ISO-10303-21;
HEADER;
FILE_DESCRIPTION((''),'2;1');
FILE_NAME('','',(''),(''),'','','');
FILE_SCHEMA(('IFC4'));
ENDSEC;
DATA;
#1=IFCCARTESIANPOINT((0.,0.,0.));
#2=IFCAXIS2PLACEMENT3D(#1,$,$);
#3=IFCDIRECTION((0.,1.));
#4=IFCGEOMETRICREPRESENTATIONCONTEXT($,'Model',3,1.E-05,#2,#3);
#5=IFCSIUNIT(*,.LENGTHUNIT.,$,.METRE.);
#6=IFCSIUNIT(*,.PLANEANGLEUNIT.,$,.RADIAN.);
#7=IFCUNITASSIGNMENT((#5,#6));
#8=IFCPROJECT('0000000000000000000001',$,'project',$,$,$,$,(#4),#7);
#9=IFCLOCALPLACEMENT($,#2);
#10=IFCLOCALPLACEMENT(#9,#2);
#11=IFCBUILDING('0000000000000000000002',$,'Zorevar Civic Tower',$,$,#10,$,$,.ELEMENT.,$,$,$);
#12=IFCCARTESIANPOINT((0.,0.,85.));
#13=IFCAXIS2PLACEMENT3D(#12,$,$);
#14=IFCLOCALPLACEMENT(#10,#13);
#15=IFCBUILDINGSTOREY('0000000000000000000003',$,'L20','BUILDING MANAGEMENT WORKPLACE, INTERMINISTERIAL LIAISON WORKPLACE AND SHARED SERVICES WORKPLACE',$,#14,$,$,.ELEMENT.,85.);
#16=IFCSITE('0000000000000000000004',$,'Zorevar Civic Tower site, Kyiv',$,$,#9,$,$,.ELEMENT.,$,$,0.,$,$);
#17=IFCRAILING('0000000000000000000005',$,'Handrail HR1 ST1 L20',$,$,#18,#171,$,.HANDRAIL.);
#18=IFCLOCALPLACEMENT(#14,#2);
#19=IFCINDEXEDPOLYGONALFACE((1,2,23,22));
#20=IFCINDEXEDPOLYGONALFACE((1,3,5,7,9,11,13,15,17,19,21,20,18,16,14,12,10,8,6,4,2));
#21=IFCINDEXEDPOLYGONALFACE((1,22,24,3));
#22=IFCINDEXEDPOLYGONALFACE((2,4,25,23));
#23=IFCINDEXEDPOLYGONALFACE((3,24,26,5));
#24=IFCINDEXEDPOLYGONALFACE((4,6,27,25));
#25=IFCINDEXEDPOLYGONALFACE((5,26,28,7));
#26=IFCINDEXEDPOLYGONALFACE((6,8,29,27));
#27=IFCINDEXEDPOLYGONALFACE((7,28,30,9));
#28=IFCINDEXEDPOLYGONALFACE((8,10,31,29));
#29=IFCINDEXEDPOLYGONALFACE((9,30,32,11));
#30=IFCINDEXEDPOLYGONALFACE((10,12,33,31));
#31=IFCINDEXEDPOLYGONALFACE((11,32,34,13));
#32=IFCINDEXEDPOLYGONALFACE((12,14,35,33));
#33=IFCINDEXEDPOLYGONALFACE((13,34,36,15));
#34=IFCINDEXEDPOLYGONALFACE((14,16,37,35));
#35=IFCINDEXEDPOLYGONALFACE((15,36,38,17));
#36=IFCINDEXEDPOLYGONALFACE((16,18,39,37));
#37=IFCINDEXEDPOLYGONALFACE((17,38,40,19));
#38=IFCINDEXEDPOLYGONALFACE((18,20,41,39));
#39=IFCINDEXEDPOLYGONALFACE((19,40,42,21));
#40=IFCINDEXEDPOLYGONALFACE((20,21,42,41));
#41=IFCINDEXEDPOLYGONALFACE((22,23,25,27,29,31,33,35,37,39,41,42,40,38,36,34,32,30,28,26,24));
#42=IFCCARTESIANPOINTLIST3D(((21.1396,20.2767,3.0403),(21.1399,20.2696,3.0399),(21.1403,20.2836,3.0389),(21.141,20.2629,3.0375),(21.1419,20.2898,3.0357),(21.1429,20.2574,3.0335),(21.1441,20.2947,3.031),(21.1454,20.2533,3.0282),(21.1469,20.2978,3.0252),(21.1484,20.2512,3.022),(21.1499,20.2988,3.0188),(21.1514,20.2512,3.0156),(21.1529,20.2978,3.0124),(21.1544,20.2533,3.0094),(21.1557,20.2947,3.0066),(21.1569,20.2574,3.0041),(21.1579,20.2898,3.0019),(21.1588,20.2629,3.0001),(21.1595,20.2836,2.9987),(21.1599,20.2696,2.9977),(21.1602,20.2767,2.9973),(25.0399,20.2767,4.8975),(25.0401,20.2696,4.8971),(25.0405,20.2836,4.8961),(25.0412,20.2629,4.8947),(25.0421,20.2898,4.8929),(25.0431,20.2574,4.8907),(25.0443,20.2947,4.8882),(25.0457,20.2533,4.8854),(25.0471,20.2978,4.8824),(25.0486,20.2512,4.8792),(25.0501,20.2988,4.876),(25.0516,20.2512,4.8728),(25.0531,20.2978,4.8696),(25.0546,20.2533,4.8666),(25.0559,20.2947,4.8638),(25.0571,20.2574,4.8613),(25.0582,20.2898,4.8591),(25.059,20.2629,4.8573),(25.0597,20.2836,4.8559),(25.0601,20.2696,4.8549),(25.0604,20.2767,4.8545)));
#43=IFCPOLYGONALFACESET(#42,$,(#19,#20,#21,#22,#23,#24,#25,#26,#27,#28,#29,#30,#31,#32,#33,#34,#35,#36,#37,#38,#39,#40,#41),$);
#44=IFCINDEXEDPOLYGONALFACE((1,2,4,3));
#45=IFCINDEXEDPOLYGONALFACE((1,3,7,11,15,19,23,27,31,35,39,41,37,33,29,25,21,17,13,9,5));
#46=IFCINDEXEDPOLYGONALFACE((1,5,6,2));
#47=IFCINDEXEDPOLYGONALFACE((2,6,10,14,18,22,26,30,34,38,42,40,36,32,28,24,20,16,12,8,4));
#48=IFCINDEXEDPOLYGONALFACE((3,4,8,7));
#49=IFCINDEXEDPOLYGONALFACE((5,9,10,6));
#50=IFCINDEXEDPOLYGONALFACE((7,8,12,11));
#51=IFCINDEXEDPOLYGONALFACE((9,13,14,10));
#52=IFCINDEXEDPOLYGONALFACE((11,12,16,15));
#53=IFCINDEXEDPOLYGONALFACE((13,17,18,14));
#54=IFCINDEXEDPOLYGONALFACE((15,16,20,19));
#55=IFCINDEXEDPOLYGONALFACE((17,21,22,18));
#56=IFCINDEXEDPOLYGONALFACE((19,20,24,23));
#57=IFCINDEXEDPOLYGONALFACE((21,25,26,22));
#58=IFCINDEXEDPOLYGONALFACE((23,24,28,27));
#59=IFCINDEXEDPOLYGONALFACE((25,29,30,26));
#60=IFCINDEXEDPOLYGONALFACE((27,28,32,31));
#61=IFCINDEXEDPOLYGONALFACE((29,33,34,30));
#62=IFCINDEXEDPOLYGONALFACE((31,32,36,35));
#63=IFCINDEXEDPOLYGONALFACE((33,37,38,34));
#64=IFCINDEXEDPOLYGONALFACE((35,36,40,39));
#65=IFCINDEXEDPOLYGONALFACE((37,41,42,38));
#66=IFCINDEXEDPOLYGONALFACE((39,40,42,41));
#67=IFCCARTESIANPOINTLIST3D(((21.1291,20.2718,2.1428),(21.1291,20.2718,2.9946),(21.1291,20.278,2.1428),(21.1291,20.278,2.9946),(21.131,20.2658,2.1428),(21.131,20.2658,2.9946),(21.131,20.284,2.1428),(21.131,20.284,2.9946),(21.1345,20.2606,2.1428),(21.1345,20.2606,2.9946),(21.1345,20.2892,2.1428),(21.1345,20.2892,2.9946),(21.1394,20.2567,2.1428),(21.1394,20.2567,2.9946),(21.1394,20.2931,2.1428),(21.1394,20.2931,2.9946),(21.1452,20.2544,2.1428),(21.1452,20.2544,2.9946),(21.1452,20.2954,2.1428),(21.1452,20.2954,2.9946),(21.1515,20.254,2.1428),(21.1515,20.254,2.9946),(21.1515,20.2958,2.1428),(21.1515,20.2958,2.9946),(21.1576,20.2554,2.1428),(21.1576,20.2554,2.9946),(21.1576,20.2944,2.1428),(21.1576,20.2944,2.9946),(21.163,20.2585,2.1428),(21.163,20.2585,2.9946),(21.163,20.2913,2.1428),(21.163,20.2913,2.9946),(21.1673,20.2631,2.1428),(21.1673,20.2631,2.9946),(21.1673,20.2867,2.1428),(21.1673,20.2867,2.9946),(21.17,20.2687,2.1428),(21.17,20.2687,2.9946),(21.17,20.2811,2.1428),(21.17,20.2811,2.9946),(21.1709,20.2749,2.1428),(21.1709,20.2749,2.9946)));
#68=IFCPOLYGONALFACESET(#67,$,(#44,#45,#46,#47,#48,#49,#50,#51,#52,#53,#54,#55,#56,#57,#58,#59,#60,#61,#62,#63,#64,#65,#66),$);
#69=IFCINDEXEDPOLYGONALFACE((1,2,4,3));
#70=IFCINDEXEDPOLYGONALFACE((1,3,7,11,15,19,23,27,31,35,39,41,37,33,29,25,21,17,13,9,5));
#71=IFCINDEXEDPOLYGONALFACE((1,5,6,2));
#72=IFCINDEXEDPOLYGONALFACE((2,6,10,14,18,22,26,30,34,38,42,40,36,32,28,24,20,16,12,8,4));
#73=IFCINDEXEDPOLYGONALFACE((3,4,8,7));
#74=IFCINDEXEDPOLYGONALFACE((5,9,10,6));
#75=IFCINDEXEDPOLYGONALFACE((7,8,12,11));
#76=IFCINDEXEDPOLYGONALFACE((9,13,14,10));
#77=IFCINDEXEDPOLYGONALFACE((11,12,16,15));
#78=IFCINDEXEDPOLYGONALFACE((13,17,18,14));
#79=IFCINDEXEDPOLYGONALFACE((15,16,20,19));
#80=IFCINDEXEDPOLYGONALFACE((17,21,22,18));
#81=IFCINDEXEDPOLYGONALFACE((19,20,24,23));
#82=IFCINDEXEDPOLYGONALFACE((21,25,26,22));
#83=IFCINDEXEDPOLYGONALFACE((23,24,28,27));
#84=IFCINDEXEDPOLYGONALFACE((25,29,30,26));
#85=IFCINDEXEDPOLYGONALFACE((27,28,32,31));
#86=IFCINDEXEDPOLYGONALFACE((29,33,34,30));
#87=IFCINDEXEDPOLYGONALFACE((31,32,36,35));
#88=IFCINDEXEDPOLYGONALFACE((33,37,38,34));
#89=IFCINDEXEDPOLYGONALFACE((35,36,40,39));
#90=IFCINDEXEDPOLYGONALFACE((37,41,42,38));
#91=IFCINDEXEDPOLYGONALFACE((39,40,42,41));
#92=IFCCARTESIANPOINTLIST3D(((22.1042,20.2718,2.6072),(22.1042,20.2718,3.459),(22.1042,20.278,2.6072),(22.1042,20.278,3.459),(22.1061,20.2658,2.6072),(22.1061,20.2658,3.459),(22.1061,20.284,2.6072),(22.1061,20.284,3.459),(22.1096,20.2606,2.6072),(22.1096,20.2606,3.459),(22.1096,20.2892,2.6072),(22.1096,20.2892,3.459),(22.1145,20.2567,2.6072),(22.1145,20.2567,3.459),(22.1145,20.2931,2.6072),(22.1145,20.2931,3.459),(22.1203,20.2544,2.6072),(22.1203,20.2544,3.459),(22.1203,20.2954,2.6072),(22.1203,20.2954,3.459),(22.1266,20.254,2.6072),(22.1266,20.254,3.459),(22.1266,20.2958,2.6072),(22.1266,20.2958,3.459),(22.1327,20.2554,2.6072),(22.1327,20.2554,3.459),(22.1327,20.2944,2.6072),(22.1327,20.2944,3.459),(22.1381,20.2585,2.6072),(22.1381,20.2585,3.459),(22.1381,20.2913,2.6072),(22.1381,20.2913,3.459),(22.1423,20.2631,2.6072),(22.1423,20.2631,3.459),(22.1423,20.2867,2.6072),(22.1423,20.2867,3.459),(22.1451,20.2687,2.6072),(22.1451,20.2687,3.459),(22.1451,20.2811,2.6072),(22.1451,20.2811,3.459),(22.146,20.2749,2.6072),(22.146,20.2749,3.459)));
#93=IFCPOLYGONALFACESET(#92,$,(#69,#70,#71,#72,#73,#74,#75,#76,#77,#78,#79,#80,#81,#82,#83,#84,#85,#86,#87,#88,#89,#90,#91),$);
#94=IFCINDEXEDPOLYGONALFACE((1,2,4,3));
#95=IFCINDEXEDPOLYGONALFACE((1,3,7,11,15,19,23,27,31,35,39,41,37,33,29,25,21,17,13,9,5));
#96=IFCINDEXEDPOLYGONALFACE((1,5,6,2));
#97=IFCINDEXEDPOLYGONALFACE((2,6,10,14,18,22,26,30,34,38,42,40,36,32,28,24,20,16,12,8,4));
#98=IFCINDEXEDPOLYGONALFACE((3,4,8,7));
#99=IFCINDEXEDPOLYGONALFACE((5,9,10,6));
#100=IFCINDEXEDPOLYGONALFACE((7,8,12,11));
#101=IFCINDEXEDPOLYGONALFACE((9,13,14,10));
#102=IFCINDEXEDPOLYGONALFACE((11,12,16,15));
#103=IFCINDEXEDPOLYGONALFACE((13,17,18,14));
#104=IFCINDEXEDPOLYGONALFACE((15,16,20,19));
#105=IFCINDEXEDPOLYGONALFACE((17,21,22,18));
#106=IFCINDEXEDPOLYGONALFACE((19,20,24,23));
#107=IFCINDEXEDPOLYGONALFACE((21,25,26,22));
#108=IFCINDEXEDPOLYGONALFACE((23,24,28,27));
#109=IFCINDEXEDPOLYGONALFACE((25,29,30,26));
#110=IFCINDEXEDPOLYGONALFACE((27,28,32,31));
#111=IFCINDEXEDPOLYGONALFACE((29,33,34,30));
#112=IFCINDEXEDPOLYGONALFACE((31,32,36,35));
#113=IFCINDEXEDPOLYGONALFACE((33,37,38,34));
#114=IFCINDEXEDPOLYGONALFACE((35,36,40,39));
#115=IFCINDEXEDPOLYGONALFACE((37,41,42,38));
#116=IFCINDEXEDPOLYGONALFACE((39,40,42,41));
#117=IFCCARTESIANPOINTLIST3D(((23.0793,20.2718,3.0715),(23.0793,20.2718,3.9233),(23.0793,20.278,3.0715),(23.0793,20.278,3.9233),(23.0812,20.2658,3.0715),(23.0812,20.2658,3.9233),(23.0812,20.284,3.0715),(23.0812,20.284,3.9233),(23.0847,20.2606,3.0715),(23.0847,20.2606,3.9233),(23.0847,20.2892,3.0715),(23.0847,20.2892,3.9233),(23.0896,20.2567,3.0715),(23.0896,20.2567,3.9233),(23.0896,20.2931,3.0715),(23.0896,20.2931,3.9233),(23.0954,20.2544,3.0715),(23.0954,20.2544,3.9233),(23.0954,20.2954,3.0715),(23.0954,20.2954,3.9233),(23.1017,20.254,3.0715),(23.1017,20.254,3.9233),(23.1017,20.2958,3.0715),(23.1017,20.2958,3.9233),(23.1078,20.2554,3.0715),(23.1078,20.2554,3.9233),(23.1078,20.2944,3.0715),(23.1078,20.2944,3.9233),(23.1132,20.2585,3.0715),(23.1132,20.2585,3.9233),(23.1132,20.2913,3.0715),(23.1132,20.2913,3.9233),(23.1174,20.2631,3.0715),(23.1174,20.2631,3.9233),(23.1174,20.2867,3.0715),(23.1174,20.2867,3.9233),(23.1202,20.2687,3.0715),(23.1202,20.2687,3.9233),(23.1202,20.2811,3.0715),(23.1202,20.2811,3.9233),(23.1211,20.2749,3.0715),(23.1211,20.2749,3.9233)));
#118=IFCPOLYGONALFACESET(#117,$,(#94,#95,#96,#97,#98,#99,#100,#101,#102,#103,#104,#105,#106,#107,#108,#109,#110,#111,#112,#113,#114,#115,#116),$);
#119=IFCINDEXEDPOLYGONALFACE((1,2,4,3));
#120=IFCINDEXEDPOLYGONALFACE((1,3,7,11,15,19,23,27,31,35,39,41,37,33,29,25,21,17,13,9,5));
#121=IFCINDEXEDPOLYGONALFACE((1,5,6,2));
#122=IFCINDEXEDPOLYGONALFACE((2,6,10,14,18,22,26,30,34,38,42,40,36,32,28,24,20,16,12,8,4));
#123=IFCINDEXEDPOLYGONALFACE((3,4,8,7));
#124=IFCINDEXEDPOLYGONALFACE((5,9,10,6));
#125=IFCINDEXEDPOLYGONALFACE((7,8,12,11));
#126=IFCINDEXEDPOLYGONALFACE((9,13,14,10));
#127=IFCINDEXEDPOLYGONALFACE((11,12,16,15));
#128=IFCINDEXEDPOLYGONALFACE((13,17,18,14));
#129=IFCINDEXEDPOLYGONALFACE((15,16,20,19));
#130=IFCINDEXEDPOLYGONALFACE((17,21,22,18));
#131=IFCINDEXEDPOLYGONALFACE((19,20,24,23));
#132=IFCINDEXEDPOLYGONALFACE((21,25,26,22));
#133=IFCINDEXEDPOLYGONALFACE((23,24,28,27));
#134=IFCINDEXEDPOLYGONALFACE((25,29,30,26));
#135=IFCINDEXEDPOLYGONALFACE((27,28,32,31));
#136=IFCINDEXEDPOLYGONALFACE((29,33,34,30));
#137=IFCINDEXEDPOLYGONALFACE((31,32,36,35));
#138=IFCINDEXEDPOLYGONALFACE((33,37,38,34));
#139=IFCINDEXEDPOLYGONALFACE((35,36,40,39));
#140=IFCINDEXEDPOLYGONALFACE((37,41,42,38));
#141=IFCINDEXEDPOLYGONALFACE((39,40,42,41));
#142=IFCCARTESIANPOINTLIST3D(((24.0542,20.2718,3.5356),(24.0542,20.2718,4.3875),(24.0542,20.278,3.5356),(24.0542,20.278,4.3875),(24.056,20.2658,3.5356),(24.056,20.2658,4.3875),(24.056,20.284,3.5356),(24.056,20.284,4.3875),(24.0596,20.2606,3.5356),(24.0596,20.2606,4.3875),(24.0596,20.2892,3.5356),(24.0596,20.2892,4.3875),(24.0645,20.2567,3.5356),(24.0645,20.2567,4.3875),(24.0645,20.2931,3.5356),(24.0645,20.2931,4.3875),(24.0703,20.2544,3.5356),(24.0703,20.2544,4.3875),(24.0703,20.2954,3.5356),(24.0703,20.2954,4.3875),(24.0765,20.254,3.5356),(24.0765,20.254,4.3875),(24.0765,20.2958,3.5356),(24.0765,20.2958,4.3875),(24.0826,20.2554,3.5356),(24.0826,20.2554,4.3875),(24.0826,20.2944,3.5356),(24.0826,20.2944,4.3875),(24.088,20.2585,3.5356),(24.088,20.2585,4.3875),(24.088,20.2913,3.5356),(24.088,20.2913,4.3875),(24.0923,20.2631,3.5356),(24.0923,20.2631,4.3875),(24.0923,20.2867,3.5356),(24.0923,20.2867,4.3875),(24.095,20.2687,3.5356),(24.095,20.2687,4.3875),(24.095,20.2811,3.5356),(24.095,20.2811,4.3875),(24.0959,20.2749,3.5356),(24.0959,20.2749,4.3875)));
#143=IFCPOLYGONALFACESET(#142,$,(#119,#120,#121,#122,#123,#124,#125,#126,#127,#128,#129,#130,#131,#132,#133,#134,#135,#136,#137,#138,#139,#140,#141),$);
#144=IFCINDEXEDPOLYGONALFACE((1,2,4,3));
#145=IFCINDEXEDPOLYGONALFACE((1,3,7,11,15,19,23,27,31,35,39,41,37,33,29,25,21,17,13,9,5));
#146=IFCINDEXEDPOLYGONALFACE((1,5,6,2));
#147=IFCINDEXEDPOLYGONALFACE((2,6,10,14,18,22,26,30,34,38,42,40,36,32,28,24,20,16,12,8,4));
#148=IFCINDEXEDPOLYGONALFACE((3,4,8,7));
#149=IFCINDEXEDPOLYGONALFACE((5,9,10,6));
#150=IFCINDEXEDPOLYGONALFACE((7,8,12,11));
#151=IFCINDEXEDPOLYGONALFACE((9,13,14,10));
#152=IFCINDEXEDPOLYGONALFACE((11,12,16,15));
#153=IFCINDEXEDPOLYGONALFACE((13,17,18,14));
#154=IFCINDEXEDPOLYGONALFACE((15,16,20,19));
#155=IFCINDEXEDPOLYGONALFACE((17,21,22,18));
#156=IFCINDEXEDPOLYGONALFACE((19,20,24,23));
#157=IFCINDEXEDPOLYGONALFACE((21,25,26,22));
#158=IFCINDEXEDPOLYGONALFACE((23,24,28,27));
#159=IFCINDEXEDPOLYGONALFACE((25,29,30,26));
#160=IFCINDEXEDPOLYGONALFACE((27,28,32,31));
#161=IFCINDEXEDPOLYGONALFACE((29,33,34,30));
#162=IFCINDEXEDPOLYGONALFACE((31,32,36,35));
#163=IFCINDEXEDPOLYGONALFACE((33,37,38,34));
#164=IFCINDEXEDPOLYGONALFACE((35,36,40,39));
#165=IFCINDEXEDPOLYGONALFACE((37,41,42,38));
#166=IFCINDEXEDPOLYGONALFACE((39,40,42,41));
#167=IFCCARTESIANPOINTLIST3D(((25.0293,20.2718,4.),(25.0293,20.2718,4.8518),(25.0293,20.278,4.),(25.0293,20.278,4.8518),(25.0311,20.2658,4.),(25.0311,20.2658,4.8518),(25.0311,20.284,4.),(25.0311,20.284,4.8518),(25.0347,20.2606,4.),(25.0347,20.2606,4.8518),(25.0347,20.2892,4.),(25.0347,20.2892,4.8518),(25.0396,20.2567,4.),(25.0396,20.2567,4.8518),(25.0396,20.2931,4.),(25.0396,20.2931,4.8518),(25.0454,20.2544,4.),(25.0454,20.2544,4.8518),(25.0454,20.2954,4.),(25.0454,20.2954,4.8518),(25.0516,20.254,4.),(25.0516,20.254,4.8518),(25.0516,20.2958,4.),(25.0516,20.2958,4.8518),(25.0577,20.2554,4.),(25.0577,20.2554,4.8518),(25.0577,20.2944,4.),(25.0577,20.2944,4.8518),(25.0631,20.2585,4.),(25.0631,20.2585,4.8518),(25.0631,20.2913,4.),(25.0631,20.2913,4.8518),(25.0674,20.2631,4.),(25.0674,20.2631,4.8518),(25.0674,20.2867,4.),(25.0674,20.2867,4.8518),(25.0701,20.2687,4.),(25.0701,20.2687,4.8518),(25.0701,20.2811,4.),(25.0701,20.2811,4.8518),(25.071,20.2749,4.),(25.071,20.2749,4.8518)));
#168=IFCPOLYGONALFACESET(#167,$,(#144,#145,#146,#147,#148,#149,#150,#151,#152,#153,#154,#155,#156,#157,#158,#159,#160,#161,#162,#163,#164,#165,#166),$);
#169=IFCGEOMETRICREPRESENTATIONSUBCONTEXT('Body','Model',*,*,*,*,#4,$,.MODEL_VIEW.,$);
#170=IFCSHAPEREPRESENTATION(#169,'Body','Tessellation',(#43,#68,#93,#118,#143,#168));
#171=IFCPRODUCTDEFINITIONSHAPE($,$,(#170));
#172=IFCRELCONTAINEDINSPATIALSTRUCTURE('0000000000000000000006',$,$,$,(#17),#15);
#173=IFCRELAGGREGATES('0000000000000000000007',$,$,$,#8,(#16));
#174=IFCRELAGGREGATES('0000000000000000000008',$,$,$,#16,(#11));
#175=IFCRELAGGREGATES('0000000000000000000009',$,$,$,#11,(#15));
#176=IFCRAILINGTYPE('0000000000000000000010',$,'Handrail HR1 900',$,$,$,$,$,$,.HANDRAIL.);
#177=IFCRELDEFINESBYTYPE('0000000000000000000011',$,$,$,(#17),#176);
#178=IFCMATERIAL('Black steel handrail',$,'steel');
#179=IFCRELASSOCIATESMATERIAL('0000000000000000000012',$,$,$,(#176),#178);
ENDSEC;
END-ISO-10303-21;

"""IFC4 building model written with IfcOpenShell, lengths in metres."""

from ifc_helpers import new_model, si_unit, direction, frame, origin, origin_2d, place, context, subcontext, project, spatial, circle, extrude, material, type_object, element, save


model = new_model("IFC4")

# Units and contexts
model_context = context("Model", 3, precision=1e-05, world=origin(), true_north=direction((0.0, 1.0)))
body_context = subcontext(model_context, "Body", "Model", "MODEL_VIEW")
ifc_project = project(units=[si_unit("LENGTHUNIT", "METRE"), si_unit("PLANEANGLEUNIT", "RADIAN")], contexts=[model_context])

# Site, building, storey
site_placement = place(None, origin())
site = spatial("IfcSite", under=ifc_project, at=site_placement, Name="Zorevar Civic Tower site, Kyiv", CompositionType="ELEMENT", RefElevation=0.0)
building_placement = place(site_placement, origin())
building = spatial("IfcBuilding", under=site, at=building_placement, Name="Zorevar Civic Tower", CompositionType="ELEMENT")
storey_placement = place(building_placement, frame((0.0, 0.0, 85.0)))
storey = spatial("IfcBuildingStorey", under=building, at=storey_placement, Name="L20", Description="BUILDING MANAGEMENT WORKPLACE, INTERMINISTERIAL LIAISON WORKPLACE AND SHARED SERVICES WORKPLACE", CompositionType="ELEMENT", Elevation=85.0)

# Railing
ifc_material_1 = material(Name="Black steel handrail", Category="steel")
railing_type = type_object("IfcRailingType", Name="Handrail HR1 900", PredefinedType="HANDRAIL", material=ifc_material_1)
railing_1_placement = place(storey_placement, frame((21.1499, 20.2749, 2.1428)))
element("IfcRailing", 1, at=railing_1_placement, inside=storey, type_object=railing_type, Name="Handrail HR1 ST1 L20", PredefinedType="HANDRAIL", context=body_context, shape_type="SweptSolid", body=[
    extrude(circle(Radius=0.0239, at=origin_2d()), frame((0.0, 0.0, 0.876), z_axis=(0.902864, 0.0, 0.429927), x_axis=(0.0, 1.0, 0.0)), (0.0, 0.0, 1.0), 4.3198),
    extrude(circle(Radius=0.021, at=origin_2d()), origin(), (0.0, 0.0, 1.0), 0.8518),
    extrude(circle(Radius=0.021, at=origin_2d()), frame((0.9751, 0.0, 0.4644)), (0.0, 0.0, 1.0), 0.8518),
    extrude(circle(Radius=0.021, at=origin_2d()), frame((1.9502, 0.0, 0.9287)), (0.0, 0.0, 1.0), 0.8518),
    extrude(circle(Radius=0.021, at=origin_2d()), frame((2.925, 0.0, 1.3928)), (0.0, 0.0, 1.0), 0.8518),
    extrude(circle(Radius=0.021, at=origin_2d()), frame((3.9001, 0.0, 1.8572)), (0.0, 0.0, 1.0), 0.8518),
])

save(model, "model.ifc")
